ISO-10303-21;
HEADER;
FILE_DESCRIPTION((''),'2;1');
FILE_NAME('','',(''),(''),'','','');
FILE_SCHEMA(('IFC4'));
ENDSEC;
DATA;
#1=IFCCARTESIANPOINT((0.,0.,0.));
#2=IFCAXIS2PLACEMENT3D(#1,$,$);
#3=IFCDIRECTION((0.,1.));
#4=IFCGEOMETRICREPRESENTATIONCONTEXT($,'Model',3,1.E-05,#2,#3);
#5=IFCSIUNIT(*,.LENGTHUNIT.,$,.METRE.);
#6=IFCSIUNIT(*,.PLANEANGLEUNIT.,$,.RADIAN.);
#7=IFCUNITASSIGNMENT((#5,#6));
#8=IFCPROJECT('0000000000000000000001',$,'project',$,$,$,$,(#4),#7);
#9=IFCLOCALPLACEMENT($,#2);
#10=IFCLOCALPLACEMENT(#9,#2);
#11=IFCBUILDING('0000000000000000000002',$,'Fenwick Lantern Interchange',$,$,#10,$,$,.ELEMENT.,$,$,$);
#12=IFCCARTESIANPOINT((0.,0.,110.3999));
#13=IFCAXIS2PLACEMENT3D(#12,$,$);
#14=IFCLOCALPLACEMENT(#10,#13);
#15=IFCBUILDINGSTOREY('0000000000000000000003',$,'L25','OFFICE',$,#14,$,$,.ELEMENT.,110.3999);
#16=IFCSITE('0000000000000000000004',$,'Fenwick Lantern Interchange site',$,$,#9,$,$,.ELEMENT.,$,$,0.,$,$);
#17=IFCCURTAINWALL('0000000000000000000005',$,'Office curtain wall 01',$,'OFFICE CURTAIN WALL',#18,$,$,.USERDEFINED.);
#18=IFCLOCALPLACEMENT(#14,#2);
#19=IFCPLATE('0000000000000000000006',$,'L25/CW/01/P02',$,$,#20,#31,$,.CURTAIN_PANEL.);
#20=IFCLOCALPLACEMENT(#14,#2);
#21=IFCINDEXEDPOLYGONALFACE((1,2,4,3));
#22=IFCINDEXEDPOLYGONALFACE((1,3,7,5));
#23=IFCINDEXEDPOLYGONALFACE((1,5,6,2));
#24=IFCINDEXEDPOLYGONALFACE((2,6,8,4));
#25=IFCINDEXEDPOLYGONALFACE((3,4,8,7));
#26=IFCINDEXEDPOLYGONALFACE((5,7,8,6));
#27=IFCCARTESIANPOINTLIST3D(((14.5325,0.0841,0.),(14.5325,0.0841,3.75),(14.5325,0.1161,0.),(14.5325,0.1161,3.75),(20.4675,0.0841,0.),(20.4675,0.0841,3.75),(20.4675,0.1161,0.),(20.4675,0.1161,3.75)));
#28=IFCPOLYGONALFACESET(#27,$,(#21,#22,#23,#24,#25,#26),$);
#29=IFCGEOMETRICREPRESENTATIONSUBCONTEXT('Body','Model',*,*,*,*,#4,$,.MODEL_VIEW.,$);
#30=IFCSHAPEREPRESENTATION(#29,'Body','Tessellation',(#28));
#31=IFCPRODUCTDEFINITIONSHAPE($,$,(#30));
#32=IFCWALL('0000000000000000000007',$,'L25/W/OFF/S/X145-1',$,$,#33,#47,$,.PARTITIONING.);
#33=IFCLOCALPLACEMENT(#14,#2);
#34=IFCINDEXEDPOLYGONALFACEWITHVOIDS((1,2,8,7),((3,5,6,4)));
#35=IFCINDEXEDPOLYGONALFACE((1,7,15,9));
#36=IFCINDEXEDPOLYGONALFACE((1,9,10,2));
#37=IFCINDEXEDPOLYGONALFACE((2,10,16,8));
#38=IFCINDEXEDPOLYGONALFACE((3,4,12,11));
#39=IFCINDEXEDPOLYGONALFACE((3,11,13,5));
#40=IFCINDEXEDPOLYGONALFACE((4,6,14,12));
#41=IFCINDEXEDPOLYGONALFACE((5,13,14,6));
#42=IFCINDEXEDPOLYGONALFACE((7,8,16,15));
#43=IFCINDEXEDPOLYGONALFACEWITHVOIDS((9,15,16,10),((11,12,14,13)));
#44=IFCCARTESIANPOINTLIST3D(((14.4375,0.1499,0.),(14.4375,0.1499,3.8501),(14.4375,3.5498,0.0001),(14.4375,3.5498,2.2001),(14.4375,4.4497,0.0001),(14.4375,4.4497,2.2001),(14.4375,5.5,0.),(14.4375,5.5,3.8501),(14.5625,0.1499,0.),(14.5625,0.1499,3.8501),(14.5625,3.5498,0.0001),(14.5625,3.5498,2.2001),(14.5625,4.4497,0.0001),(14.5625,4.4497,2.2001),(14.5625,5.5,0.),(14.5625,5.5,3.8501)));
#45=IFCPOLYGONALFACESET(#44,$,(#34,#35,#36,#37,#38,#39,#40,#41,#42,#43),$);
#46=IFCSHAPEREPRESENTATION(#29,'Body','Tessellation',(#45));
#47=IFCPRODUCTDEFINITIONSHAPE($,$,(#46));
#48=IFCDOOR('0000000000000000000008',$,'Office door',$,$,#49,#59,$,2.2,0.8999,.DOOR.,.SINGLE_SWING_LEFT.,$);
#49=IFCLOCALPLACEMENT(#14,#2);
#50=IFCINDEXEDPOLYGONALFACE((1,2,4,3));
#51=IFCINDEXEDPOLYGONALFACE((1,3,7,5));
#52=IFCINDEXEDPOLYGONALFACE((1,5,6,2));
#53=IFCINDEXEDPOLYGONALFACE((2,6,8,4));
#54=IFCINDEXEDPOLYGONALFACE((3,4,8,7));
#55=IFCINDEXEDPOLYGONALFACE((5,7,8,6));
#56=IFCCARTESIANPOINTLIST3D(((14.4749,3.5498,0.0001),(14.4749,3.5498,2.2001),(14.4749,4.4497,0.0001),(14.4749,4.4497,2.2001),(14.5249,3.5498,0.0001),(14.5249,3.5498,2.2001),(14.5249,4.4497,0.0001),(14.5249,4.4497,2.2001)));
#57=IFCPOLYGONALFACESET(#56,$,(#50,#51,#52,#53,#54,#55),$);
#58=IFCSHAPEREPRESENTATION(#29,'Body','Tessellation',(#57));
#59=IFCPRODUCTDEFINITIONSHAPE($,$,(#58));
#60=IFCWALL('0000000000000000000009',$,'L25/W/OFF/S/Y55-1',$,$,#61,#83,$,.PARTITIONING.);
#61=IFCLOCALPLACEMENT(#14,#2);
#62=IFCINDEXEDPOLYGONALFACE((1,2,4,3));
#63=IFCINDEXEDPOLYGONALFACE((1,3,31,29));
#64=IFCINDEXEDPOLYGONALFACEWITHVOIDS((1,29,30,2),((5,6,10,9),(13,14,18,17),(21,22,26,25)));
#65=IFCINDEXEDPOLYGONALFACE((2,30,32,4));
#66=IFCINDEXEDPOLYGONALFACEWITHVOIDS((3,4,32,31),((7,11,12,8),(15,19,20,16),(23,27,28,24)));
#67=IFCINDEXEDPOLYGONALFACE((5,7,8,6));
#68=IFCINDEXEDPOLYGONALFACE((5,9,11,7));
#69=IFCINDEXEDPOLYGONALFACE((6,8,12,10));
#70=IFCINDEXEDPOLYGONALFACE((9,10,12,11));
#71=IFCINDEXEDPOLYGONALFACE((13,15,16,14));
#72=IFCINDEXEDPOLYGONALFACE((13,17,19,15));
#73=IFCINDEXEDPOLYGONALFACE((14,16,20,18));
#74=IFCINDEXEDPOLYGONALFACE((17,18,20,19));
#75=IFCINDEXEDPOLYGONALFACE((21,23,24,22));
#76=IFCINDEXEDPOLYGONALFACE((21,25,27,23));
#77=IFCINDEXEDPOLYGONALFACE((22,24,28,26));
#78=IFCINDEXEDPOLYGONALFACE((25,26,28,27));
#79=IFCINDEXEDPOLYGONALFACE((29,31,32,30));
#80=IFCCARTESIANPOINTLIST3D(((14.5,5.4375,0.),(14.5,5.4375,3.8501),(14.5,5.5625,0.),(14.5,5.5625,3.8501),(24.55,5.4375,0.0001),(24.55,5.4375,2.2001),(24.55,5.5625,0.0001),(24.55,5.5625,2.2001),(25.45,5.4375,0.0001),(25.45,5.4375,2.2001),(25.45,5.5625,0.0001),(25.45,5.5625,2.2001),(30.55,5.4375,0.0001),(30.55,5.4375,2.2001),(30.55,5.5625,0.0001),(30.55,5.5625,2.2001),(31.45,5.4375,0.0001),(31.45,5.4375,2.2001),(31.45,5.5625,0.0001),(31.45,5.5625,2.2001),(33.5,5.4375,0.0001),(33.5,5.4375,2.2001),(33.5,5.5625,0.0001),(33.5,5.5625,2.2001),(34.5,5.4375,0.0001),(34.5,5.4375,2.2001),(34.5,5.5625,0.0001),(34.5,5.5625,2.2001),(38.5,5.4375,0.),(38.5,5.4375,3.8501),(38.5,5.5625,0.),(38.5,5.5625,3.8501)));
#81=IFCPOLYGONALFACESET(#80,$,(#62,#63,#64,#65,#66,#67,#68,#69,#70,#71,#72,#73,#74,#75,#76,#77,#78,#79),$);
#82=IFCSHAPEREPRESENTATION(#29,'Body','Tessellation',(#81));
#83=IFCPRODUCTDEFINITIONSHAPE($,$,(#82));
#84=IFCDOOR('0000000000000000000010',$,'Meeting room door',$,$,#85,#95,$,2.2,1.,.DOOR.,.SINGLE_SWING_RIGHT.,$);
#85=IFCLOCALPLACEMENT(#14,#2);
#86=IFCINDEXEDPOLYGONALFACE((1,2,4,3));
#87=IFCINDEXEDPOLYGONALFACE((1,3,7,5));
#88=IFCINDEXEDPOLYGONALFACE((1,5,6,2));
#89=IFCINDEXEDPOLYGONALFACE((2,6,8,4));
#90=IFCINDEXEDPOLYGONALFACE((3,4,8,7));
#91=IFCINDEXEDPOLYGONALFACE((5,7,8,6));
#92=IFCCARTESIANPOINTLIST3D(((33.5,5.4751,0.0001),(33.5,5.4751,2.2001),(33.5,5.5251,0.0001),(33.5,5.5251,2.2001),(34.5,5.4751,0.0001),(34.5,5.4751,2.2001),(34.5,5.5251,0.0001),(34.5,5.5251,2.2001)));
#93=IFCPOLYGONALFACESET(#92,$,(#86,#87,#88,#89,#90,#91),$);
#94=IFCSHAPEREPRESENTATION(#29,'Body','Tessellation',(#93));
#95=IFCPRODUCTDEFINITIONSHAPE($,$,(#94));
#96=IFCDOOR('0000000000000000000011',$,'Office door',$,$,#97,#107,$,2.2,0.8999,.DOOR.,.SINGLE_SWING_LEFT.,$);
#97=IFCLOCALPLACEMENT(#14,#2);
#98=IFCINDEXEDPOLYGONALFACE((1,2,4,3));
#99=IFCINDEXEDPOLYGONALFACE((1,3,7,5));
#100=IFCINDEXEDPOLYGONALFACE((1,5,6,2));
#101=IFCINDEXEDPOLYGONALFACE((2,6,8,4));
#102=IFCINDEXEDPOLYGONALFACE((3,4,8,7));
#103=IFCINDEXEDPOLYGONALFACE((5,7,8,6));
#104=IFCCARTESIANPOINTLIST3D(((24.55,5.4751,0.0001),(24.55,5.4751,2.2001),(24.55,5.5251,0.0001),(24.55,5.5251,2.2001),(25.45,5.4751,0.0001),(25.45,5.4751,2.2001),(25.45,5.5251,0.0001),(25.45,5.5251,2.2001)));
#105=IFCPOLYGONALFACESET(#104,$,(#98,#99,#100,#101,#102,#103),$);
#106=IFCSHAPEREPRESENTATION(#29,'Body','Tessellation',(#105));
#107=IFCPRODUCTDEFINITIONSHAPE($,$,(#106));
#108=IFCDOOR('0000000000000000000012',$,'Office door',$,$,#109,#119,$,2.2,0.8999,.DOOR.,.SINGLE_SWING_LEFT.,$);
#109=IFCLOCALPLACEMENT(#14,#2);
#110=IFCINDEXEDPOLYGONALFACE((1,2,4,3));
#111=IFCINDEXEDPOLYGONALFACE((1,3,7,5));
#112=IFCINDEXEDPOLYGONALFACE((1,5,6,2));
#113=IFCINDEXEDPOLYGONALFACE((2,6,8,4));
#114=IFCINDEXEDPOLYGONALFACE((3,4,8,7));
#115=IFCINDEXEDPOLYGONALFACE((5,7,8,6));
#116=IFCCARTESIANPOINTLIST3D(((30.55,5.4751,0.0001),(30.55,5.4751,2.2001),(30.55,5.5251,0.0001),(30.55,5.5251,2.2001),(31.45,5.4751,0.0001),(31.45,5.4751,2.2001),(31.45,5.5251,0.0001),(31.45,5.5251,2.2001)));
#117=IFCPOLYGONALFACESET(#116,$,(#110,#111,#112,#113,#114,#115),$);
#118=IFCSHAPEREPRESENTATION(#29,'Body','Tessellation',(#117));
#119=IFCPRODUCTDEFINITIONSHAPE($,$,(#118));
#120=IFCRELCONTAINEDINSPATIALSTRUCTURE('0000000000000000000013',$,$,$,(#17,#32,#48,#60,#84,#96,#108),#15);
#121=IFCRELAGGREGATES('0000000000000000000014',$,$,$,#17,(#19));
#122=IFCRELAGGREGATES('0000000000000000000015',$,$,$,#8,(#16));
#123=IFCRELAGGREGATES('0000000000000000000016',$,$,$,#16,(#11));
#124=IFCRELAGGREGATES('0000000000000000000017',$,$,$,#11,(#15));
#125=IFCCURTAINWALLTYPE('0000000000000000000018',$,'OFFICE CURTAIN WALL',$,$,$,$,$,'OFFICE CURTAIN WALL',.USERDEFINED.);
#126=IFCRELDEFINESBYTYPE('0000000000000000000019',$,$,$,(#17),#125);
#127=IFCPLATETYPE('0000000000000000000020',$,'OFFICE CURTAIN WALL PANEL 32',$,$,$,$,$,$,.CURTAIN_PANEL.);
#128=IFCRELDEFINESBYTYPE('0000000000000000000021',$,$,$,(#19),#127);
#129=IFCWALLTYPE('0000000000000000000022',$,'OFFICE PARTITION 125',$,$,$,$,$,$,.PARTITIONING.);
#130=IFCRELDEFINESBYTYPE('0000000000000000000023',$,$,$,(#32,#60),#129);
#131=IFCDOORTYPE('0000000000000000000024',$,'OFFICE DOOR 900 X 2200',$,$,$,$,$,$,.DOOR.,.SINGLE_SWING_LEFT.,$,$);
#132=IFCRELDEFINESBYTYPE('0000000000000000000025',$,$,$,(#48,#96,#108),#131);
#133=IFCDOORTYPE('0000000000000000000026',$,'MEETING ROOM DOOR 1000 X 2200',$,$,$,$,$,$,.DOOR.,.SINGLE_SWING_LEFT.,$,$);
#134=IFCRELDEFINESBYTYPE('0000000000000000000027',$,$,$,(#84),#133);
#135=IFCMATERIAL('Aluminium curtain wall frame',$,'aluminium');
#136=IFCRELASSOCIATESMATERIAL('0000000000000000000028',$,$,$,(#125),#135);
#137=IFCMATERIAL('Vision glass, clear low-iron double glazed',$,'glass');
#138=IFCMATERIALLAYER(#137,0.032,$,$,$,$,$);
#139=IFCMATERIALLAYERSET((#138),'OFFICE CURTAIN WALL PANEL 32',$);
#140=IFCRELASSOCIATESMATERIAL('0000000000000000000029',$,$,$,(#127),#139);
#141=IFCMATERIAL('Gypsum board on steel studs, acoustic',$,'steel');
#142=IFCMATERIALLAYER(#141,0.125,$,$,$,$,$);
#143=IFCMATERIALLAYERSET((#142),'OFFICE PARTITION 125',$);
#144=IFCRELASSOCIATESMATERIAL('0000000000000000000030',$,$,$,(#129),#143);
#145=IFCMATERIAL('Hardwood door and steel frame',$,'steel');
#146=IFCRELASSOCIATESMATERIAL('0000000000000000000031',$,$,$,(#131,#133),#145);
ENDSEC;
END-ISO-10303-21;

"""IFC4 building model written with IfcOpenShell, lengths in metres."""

from ifc_helpers import new_model, si_unit, direction, frame, frame_2d, origin, origin_2d, place, context, subcontext, project, spatial, rectangle, extrude, material, layer, layer_set, type_object, element, fill, aggregate, save


model = new_model("IFC4")

# Units and contexts
model_context = context("Model", 3, precision=1e-05, world=origin(), true_north=direction((0.0, 1.0)))
body_context = subcontext(model_context, "Body", "Model", "MODEL_VIEW")
ifc_project = project(units=[si_unit("LENGTHUNIT", "METRE"), si_unit("PLANEANGLEUNIT", "RADIAN")], contexts=[model_context])

# Site, building, storey
site_placement = place(None, origin())
site = spatial("IfcSite", under=ifc_project, at=site_placement, Name="Fenwick Lantern Interchange site", CompositionType="ELEMENT", RefElevation=0.0)
building_placement = place(site_placement, origin())
building = spatial("IfcBuilding", under=site, at=building_placement, Name="Fenwick Lantern Interchange", CompositionType="ELEMENT")
storey_placement = place(building_placement, frame((0.0, 0.0, 110.3999)))
storey = spatial("IfcBuildingStorey", under=building, at=storey_placement, Name="L25", Description="OFFICE", CompositionType="ELEMENT", Elevation=110.3999)

# Curtain wall
ifc_material_1 = material(Name="Aluminium curtain wall frame", Category="aluminium")
curtain_wall_type = type_object("IfcCurtainWallType", Name="OFFICE CURTAIN WALL", ElementType="OFFICE CURTAIN WALL", PredefinedType="USERDEFINED", material=ifc_material_1)
curtain_wall_1_placement = place(storey_placement, origin())
curtain_wall_1 = element("IfcCurtainWall", 1, at=curtain_wall_1_placement, inside=storey, type_object=curtain_wall_type, Name="Office curtain wall 01", ObjectType="OFFICE CURTAIN WALL", PredefinedType="USERDEFINED")

# Plate
ifc_material_2 = material(Name="Vision glass, clear low-iron double glazed", Category="glass")
ifc_layer_1 = layer(ifc_material_2, 0.032)
ifc_layer_set_1 = layer_set([ifc_layer_1], Name="OFFICE CURTAIN WALL PANEL 32")
plate_type = type_object("IfcPlateType", Name="OFFICE CURTAIN WALL PANEL 32", PredefinedType="CURTAIN_PANEL", material=ifc_layer_set_1)
plate_placement = place(storey_placement, frame((17.5, 0.1001, 0.0), z_axis=(0.0, 0.0, 1.0), x_axis=(1.0, 0.0, 0.0)))
plate = element("IfcPlate", 2, at=plate_placement, type_object=plate_type, Name="L25/CW/01/P02", PredefinedType="CURTAIN_PANEL", context=body_context, shape_type="SweptSolid", body=[
    extrude(rectangle(XDim=5.9351, YDim=0.032, at=origin_2d()), origin(), (0.0, 0.0, 1.0), 3.75),
])
aggregate(curtain_wall_1, [plate])

# Wall, opening, door
ifc_material_3 = material(Name="Gypsum board on steel studs, acoustic", Category="steel")
ifc_layer_2 = layer(ifc_material_3, 0.125)
ifc_layer_set_2 = layer_set([ifc_layer_2], Name="OFFICE PARTITION 125")
wall_type = type_object("IfcWallType", Name="OFFICE PARTITION 125", PredefinedType="PARTITIONING", material=ifc_layer_set_2)
wall_1_placement = place(storey_placement, frame((14.5, 0.1499, 0.0), z_axis=(0.0, 0.0, 1.0), x_axis=(0.0, 1.0, 0.0)))
wall_1 = element("IfcWall", 3, at=wall_1_placement, inside=storey, type_object=wall_type, Name="L25/W/OFF/S/X145-1", PredefinedType="PARTITIONING", context=body_context, shape_type="SweptSolid", body=[
    extrude(rectangle(XDim=5.3501, YDim=0.125, at=frame_2d((2.675, 0.0))), origin(), (0.0, 0.0, 1.0), 3.8501),
])
opening_1_placement = place(wall_1_placement, frame((3.3999, 0.0, 0.0)))
opening_1 = element("IfcOpeningElement", 4, at=opening_1_placement, cuts=wall_1, PredefinedType="OPENING", context=body_context, shape_type="SweptSolid", body=[
    extrude(rectangle(XDim=0.8999, YDim=2.2, at=frame_2d((0.45, 1.1001))), frame((0.0, 0.0725, 0.0), z_axis=(0.0, -1.0, 0.0), x_axis=(1.0, 0.0, 0.0)), (0.0, 0.0, 1.0), 0.145),
])
ifc_material_4 = material(Name="Hardwood door and steel frame", Category="steel")
door_type_1 = type_object("IfcDoorType", Name="OFFICE DOOR 900 X 2200", OperationType="SINGLE_SWING_LEFT", PredefinedType="DOOR", material=ifc_material_4)
door_1_placement = place(opening_1_placement, frame((0.8999, 0.0, 0.0), z_axis=(0.0, 0.0, 1.0), x_axis=(-1.0, 0.0, 0.0)))
door_1 = element("IfcDoor", 5, at=door_1_placement, inside=storey, type_object=door_type_1, Name="Office door", OperationType="SINGLE_SWING_LEFT", OverallHeight=2.2, OverallWidth=0.8999, PredefinedType="DOOR", context=body_context, shape_type="SweptSolid", body=[
    extrude(rectangle(XDim=0.8999, YDim=2.2, at=frame_2d((0.45, 1.1001))), frame((0.0, 0.0249, 0.0), z_axis=(0.0, -1.0, 0.0), x_axis=(1.0, 0.0, 0.0)), (0.0, 0.0, 1.0), 0.05),
])
fill(opening_1, door_1)

# Wall, openings, doors
wall_2_placement = place(storey_placement, frame((14.5, 5.5, 0.0), z_axis=(0.0, 0.0, 1.0), x_axis=(1.0, 0.0, 0.0)))
wall_2 = element("IfcWall", 6, at=wall_2_placement, inside=storey, type_object=wall_type, Name="L25/W/OFF/S/Y55-1", PredefinedType="PARTITIONING", context=body_context, shape_type="SweptSolid", body=[
    extrude(rectangle(XDim=24.0, YDim=0.125, at=frame_2d((12.0, 0.0))), origin(), (0.0, 0.0, 1.0), 3.8501),
])
opening_2_placement = place(wall_2_placement, frame((10.05, 0.0, 0.0)))
opening_2 = element("IfcOpeningElement", 7, at=opening_2_placement, cuts=wall_2, PredefinedType="OPENING", context=body_context, shape_type="SweptSolid", body=[
    extrude(rectangle(XDim=0.8999, YDim=2.2, at=frame_2d((0.45, 1.1001))), frame((0.0, 0.0725, 0.0), z_axis=(0.0, -1.0, 0.0), x_axis=(1.0, 0.0, 0.0)), (0.0, 0.0, 1.0), 0.145),
])
opening_3_placement = place(wall_2_placement, frame((16.05, 0.0, 0.0)))
opening_3 = element("IfcOpeningElement", 8, at=opening_3_placement, cuts=wall_2, PredefinedType="OPENING", context=body_context, shape_type="SweptSolid", body=[
    extrude(rectangle(XDim=0.8999, YDim=2.2, at=frame_2d((0.45, 1.1001))), frame((0.0, 0.0725, 0.0), z_axis=(0.0, -1.0, 0.0), x_axis=(1.0, 0.0, 0.0)), (0.0, 0.0, 1.0), 0.145),
])
opening_4_placement = place(wall_2_placement, frame((19.0, 0.0, 0.0)))
opening_4 = element("IfcOpeningElement", 9, at=opening_4_placement, cuts=wall_2, PredefinedType="OPENING", context=body_context, shape_type="SweptSolid", body=[
    extrude(rectangle(XDim=1.0, YDim=2.2, at=frame_2d((0.5, 1.1001))), frame((0.0, 0.0725, 0.0), z_axis=(0.0, -1.0, 0.0), x_axis=(1.0, 0.0, 0.0)), (0.0, 0.0, 1.0), 0.145),
])
door_type_2 = type_object("IfcDoorType", Name="MEETING ROOM DOOR 1000 X 2200", OperationType="SINGLE_SWING_LEFT", PredefinedType="DOOR", material=ifc_material_4)
door_2_placement = place(opening_4_placement, frame((1.0, 0.0, 0.0), z_axis=(0.0, 0.0, 1.0), x_axis=(-1.0, 0.0, 0.0)))
door_2 = element("IfcDoor", 10, at=door_2_placement, inside=storey, type_object=door_type_2, Name="Meeting room door", OperationType="SINGLE_SWING_RIGHT", OverallHeight=2.2, OverallWidth=1.0, PredefinedType="DOOR", context=body_context, shape_type="SweptSolid", body=[
    extrude(rectangle(XDim=1.0, YDim=2.2, at=frame_2d((0.5, 1.1001))), frame((0.0, 0.0249, 0.0), z_axis=(0.0, -1.0, 0.0), x_axis=(1.0, 0.0, 0.0)), (0.0, 0.0, 1.0), 0.05),
])
fill(opening_4, door_2)
door_3_placement = place(opening_2_placement, frame((0.8999, 0.0, 0.0), z_axis=(0.0, 0.0, 1.0), x_axis=(-1.0, 0.0, 0.0)))
door_3 = element("IfcDoor", 11, at=door_3_placement, inside=storey, type_object=door_type_1, Name="Office door", OperationType="SINGLE_SWING_LEFT", OverallHeight=2.2, OverallWidth=0.8999, PredefinedType="DOOR", context=body_context, shape_type="SweptSolid", body=[
    extrude(rectangle(XDim=0.8999, YDim=2.2, at=frame_2d((0.45, 1.1001))), frame((0.0, 0.0249, 0.0), z_axis=(0.0, -1.0, 0.0), x_axis=(1.0, 0.0, 0.0)), (0.0, 0.0, 1.0), 0.05),
])
fill(opening_2, door_3)
door_4_placement = place(opening_3_placement, frame((0.8999, 0.0, 0.0), z_axis=(0.0, 0.0, 1.0), x_axis=(-1.0, 0.0, 0.0)))
door_4 = element("IfcDoor", 12, at=door_4_placement, inside=storey, type_object=door_type_1, Name="Office door", OperationType="SINGLE_SWING_LEFT", OverallHeight=2.2, OverallWidth=0.8999, PredefinedType="DOOR", context=body_context, shape_type="SweptSolid", body=[
    extrude(rectangle(XDim=0.8999, YDim=2.2, at=frame_2d((0.45, 1.1001))), frame((0.0, 0.0249, 0.0), z_axis=(0.0, -1.0, 0.0), x_axis=(1.0, 0.0, 0.0)), (0.0, 0.0, 1.0), 0.05),
])
fill(opening_3, door_4)

save(model, "model.ifc")
